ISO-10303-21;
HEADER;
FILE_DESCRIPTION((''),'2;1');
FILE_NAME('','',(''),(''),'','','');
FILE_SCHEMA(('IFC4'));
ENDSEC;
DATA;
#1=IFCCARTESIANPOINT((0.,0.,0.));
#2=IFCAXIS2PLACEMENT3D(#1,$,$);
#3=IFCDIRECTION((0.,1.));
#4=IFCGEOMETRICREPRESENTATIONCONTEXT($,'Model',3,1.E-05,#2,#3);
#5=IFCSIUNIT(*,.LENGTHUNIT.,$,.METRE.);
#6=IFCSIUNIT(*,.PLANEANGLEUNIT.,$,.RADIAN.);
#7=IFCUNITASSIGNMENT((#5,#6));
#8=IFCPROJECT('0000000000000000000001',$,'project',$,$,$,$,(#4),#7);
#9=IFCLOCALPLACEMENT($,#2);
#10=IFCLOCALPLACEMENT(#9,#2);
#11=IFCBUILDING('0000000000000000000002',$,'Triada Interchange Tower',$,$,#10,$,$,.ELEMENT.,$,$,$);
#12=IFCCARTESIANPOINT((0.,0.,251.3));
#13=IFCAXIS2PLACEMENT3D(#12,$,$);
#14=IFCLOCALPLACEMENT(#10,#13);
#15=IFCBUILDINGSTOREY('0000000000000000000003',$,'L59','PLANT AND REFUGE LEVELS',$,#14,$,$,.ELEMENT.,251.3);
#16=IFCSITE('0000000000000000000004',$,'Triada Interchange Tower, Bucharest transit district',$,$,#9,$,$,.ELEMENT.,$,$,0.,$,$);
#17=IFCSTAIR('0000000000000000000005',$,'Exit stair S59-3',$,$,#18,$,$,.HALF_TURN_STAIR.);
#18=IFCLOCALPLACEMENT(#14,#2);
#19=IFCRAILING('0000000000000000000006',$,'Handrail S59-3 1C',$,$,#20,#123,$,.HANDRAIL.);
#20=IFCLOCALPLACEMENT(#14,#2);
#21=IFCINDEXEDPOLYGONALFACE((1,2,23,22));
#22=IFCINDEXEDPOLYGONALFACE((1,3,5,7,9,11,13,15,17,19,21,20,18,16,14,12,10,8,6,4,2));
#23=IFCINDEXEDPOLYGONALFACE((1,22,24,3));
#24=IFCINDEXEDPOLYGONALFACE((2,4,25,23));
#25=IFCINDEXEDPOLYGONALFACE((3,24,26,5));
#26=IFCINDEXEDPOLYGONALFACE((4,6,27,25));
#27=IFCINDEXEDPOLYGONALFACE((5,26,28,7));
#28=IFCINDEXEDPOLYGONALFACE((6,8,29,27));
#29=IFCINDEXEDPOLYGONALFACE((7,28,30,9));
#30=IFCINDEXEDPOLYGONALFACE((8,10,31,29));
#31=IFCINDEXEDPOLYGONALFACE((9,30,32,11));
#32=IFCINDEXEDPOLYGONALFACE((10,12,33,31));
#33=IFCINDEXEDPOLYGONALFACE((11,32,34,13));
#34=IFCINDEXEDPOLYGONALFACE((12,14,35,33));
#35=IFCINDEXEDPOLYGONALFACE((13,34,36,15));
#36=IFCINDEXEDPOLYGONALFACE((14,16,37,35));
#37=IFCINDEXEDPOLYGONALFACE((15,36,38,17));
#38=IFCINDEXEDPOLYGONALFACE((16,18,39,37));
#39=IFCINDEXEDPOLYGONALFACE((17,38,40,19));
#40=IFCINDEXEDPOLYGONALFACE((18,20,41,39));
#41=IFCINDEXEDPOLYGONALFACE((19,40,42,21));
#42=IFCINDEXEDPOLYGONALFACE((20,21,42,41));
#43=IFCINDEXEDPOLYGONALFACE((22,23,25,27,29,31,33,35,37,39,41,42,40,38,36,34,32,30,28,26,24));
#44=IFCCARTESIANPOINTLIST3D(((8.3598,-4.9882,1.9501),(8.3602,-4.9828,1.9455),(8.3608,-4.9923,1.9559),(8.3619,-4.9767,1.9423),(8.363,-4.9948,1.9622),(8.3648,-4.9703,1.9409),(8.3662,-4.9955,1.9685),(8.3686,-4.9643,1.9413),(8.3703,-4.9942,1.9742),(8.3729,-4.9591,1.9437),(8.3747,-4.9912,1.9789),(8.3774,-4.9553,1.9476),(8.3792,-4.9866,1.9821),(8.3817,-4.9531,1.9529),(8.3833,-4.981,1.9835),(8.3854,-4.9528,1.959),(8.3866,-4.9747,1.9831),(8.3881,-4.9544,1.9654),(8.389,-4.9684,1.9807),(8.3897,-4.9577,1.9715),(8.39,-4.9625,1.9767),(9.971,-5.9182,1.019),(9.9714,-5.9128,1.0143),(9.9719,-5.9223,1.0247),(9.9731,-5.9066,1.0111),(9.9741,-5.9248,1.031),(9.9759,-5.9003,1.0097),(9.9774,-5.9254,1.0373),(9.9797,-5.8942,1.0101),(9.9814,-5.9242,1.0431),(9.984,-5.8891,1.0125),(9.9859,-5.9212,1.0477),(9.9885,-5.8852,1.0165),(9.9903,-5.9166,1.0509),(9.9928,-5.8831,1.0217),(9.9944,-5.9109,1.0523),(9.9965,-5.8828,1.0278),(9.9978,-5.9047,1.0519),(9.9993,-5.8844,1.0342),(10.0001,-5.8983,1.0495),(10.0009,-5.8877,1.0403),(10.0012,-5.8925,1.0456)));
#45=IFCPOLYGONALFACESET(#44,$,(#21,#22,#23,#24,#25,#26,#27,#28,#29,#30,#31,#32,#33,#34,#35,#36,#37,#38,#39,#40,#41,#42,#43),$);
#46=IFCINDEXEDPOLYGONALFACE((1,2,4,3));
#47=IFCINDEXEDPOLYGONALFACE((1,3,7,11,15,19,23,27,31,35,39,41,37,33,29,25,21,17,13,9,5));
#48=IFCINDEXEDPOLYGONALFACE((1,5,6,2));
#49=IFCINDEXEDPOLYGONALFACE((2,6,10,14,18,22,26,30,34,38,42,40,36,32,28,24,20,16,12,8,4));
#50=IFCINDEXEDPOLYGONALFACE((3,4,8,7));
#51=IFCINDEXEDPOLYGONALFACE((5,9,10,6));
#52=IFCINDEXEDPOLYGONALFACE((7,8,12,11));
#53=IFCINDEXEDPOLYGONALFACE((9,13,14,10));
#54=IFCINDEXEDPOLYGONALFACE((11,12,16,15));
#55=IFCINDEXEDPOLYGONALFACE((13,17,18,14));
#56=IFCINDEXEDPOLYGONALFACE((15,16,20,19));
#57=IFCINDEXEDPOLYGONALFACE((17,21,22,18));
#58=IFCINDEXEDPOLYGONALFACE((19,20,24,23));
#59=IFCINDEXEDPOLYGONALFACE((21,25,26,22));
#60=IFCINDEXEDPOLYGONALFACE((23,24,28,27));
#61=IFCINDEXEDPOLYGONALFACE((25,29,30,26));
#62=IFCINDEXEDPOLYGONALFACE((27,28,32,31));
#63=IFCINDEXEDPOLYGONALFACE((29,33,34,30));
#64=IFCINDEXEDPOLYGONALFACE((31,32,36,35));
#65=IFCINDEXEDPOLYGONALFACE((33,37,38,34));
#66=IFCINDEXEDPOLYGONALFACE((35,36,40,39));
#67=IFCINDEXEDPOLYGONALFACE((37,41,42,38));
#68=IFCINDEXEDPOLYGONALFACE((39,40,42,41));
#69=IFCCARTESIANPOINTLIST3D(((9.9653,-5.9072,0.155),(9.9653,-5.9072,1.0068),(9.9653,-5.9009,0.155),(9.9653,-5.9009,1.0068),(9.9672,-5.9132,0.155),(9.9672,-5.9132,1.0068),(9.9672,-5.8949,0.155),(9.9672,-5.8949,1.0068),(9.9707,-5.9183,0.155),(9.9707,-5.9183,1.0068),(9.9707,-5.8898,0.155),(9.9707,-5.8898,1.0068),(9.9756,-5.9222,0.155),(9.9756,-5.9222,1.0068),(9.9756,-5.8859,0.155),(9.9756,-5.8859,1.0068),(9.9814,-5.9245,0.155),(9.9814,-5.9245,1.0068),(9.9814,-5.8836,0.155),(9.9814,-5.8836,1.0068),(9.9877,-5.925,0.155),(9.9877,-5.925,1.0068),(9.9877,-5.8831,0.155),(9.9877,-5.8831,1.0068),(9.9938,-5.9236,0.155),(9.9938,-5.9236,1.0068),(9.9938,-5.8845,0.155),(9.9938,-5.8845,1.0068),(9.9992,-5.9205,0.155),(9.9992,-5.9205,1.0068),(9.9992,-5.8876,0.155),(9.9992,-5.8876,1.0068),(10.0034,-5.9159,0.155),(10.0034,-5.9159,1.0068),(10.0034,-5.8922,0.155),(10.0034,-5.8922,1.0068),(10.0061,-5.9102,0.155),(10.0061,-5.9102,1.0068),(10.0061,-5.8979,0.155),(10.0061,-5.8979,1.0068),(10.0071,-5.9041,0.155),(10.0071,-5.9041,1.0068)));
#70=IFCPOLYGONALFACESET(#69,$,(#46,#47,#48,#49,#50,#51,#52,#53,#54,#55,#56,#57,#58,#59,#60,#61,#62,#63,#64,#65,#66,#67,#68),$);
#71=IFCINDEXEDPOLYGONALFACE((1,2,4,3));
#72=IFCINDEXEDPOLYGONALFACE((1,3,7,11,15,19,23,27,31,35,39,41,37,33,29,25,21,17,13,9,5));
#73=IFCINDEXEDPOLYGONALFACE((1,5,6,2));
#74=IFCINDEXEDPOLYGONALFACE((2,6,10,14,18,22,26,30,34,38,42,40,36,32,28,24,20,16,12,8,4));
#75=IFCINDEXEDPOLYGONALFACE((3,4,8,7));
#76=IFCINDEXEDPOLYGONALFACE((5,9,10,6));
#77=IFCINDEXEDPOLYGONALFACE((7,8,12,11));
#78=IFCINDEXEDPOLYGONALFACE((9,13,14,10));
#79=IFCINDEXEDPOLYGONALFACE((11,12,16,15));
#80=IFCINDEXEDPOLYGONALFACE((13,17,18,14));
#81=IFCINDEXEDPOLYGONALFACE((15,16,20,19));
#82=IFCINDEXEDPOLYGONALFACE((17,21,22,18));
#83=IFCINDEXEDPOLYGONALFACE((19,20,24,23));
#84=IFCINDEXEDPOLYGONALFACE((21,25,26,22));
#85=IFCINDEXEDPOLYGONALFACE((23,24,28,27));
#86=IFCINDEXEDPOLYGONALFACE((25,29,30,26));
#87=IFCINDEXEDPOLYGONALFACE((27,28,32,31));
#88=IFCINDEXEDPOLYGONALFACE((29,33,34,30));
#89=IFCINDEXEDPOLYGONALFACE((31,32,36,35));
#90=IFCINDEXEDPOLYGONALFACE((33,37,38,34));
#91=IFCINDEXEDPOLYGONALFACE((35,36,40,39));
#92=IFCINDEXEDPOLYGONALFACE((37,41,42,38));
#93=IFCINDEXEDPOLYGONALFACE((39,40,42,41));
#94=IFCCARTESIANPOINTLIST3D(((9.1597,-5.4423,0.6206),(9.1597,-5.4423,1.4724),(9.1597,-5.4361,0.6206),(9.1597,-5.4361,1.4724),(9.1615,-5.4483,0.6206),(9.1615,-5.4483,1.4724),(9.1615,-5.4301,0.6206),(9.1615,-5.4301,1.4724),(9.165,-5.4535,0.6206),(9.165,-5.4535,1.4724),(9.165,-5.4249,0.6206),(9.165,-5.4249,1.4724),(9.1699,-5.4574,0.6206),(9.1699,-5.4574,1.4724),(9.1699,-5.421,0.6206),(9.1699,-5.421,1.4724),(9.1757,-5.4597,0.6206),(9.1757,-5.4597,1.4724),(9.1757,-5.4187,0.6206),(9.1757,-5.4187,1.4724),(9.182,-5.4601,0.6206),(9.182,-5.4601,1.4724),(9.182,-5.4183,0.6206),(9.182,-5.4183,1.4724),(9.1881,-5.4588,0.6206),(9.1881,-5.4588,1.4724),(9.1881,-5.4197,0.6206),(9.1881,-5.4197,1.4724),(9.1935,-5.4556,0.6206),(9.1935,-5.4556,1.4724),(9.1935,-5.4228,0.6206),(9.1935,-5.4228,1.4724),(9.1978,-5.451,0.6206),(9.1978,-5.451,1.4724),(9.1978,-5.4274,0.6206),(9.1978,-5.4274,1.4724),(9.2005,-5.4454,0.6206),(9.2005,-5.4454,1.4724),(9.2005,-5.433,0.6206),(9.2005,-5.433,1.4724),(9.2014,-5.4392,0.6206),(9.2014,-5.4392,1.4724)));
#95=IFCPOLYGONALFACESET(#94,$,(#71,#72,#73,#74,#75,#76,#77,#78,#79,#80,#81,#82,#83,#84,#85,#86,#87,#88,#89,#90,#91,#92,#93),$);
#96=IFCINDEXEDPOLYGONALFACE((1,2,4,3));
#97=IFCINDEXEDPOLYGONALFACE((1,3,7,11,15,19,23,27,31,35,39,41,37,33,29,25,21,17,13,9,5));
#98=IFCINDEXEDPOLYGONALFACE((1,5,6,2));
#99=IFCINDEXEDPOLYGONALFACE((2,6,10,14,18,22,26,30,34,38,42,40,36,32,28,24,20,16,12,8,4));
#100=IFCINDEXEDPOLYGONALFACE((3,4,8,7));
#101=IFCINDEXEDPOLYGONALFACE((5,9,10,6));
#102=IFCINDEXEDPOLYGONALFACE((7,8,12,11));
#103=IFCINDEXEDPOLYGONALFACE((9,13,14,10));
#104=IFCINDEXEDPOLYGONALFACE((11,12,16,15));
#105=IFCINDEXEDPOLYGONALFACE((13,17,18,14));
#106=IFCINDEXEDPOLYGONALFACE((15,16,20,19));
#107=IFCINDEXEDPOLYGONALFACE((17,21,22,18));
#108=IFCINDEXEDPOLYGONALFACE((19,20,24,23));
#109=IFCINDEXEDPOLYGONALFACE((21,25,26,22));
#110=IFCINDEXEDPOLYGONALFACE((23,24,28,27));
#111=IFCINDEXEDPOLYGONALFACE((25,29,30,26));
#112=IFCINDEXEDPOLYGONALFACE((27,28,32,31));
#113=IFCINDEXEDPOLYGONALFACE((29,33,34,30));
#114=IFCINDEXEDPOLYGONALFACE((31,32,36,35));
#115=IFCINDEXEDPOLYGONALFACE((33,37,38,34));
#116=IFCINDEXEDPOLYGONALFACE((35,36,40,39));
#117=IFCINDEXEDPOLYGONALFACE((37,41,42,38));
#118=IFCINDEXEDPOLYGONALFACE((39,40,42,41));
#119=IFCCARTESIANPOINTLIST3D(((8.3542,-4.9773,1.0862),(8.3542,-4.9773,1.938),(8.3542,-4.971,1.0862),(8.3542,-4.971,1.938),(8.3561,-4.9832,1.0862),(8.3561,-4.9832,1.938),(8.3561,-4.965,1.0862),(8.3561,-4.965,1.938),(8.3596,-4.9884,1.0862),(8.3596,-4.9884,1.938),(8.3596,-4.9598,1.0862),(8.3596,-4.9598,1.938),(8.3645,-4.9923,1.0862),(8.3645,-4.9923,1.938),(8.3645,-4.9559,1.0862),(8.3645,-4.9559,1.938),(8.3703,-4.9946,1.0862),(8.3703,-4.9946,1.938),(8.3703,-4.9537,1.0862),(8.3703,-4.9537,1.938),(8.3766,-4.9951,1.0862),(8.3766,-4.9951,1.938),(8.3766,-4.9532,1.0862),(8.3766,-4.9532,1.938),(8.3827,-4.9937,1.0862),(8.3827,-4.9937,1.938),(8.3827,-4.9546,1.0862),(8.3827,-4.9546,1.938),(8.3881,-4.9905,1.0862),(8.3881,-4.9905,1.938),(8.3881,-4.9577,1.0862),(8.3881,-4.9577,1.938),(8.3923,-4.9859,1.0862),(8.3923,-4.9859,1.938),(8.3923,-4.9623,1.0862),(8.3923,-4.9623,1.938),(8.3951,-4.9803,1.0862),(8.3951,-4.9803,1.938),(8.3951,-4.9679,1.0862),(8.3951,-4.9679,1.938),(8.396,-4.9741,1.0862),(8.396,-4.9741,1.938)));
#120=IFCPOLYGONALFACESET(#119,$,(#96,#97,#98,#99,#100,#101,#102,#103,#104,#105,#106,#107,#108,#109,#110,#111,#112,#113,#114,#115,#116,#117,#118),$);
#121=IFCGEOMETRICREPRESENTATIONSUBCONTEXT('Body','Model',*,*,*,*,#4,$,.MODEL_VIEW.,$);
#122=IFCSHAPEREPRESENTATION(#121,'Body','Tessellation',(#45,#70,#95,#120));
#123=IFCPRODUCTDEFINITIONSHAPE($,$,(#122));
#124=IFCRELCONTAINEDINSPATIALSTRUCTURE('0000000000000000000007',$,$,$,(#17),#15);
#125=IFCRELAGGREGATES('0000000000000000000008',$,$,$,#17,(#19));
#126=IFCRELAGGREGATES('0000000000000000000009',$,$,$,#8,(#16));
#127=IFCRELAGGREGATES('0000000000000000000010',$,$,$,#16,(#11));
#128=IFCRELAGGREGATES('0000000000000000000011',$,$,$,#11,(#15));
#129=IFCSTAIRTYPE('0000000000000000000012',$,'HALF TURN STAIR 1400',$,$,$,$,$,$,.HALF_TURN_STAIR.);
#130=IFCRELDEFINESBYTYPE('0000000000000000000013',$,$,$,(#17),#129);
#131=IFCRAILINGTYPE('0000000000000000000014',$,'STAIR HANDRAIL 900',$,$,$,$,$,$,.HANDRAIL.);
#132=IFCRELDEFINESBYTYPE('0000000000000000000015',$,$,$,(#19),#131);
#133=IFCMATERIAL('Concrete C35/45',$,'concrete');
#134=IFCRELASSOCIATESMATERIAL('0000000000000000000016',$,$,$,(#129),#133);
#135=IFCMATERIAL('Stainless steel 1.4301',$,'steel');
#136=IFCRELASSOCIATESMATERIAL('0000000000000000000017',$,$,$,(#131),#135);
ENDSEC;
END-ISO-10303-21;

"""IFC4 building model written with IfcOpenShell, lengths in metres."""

from ifc_helpers import new_model, si_unit, direction, frame, origin, origin_2d, place, context, subcontext, project, spatial, circle, extrude, material, type_object, element, aggregate, save


model = new_model("IFC4")

# Units and contexts
model_context = context("Model", 3, precision=1e-05, world=origin(), true_north=direction((0.0, 1.0)))
body_context = subcontext(model_context, "Body", "Model", "MODEL_VIEW")
ifc_project = project(units=[si_unit("LENGTHUNIT", "METRE"), si_unit("PLANEANGLEUNIT", "RADIAN")], contexts=[model_context])

# Site, building, storey
site_placement = place(None, origin())
site = spatial("IfcSite", under=ifc_project, at=site_placement, Name="Triada Interchange Tower, Bucharest transit district", CompositionType="ELEMENT", RefElevation=0.0)
building_placement = place(site_placement, origin())
building = spatial("IfcBuilding", under=site, at=building_placement, Name="Triada Interchange Tower", CompositionType="ELEMENT")
storey_placement = place(building_placement, frame((0.0, 0.0, 251.3)))
storey = spatial("IfcBuildingStorey", under=building, at=storey_placement, Name="L59", Description="PLANT AND REFUGE LEVELS", CompositionType="ELEMENT", Elevation=251.3)

# Shared definitions
ifc_material_1 = material(Name="Concrete C35/45", Category="concrete")

# Stair, railing
stair_type = type_object("IfcStairType", Name="HALF TURN STAIR 1400", PredefinedType="HALF_TURN_STAIR", material=ifc_material_1)
stair_placement = place(storey_placement, origin())
stair = element("IfcStair", 1, at=stair_placement, inside=storey, type_object=stair_type, Name="Exit stair S59-3", PredefinedType="HALF_TURN_STAIR")
ifc_material_2 = material(Name="Stainless steel 1.4301", Category="steel")
railing_type = type_object("IfcRailingType", Name="STAIR HANDRAIL 900", PredefinedType="HANDRAIL", material=ifc_material_2)
railing_1_placement = place(storey_placement, frame((9.9861, -5.9041, 0.155)))
railing_1 = element("IfcRailing", 2, at=railing_1_placement, type_object=railing_type, Name="Handrail S59-3 1C", PredefinedType="HANDRAIL", context=body_context, shape_type="SweptSolid", body=[
    extrude(circle(Radius=0.0239, at=origin_2d()), frame((0.0, 0.0, 0.876), z_axis=(-0.774469, 0.44703, 0.447617), x_axis=(-0.499908, -0.866079, 0.0)), (0.0, 0.0, 1.0), 2.0803),
    extrude(circle(Radius=0.021, at=origin_2d()), origin(), (0.0, 0.0, 1.0), 0.8518),
    extrude(circle(Radius=0.021, at=origin_2d()), frame((-0.8057, 0.4648, 0.4656)), (0.0, 0.0, 1.0), 0.8518),
    extrude(circle(Radius=0.021, at=origin_2d()), frame((-1.6111, 0.9299, 0.9312)), (0.0, 0.0, 1.0), 0.8518),
])
aggregate(stair, [railing_1])

save(model, "model.ifc")
